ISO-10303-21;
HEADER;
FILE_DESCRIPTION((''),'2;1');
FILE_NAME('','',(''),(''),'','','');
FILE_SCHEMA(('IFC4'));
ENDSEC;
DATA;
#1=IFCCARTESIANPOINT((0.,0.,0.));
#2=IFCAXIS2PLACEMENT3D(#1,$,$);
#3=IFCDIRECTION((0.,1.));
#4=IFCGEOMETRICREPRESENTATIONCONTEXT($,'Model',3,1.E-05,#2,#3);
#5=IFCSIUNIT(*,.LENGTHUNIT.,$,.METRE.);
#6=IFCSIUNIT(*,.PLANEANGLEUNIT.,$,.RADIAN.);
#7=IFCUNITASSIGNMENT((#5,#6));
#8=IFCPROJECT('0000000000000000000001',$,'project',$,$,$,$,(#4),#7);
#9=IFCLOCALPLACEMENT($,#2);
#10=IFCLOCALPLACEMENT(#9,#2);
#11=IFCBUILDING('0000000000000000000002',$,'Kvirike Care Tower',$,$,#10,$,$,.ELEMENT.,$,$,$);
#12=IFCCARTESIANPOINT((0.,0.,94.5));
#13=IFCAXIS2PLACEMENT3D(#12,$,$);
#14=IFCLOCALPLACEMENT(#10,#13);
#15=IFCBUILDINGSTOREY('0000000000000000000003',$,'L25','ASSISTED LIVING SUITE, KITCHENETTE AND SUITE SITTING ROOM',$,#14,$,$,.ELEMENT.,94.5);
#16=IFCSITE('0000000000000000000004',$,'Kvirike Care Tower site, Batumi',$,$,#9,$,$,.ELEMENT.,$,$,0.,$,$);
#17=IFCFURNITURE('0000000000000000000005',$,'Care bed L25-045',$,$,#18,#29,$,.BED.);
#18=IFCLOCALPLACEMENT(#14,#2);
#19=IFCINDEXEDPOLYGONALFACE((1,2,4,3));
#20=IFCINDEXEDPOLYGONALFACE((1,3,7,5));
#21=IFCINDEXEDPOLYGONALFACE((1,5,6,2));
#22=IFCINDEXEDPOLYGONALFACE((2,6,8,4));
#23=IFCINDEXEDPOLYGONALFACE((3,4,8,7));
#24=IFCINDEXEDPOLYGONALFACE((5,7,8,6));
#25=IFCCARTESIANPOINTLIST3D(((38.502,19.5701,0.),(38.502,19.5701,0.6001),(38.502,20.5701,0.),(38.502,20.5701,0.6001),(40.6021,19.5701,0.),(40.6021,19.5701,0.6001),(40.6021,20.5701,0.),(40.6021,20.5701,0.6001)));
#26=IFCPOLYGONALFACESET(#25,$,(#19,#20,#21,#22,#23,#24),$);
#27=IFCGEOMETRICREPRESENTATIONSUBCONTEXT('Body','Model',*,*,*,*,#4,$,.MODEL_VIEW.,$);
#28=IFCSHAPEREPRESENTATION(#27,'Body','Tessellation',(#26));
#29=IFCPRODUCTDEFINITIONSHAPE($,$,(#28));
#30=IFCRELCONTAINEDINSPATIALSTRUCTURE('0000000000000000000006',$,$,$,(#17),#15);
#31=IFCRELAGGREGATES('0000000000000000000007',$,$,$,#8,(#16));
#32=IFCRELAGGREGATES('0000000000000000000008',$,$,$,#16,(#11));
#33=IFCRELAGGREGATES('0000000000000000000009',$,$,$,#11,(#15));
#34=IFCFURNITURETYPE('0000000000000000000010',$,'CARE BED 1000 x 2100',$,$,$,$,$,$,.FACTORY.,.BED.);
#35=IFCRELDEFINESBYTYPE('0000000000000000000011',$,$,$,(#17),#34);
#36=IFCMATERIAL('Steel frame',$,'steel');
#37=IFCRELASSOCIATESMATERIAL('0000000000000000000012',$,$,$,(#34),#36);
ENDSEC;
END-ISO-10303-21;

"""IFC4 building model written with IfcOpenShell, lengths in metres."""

from ifc_helpers import new_model, si_unit, direction, frame, origin, origin_2d, place, context, subcontext, project, spatial, rectangle, extrude, material, type_object, element, save


model = new_model("IFC4")

# Units and contexts
model_context = context("Model", 3, precision=1e-05, world=origin(), true_north=direction((0.0, 1.0)))
body_context = subcontext(model_context, "Body", "Model", "MODEL_VIEW")
ifc_project = project(units=[si_unit("LENGTHUNIT", "METRE"), si_unit("PLANEANGLEUNIT", "RADIAN")], contexts=[model_context])

# Site, building, storey
site_placement = place(None, origin())
site = spatial("IfcSite", under=ifc_project, at=site_placement, Name="Kvirike Care Tower site, Batumi", CompositionType="ELEMENT", RefElevation=0.0)
building_placement = place(site_placement, origin())
building = spatial("IfcBuilding", under=site, at=building_placement, Name="Kvirike Care Tower", CompositionType="ELEMENT")
storey_placement = place(building_placement, frame((0.0, 0.0, 94.5)))
storey = spatial("IfcBuildingStorey", under=building, at=storey_placement, Name="L25", Description="ASSISTED LIVING SUITE, KITCHENETTE AND SUITE SITTING ROOM", CompositionType="ELEMENT", Elevation=94.5)

# Furniture
ifc_material_1 = material(Name="Steel frame", Category="steel")
furniture_type = type_object("IfcFurnitureType", Name="CARE BED 1000 x 2100", AssemblyPlace="FACTORY", PredefinedType="BED", material=ifc_material_1)
furniture_placement = place(storey_placement, frame((39.552, 20.0701, 0.0), z_axis=(0.0, 0.0, 1.0), x_axis=(0.0, 1.0, 0.0)))
element("IfcFurniture", 1, at=furniture_placement, inside=storey, type_object=furniture_type, Name="Care bed L25-045", PredefinedType="BED", context=body_context, shape_type="SweptSolid", body=[
    extrude(rectangle(XDim=1.0, YDim=2.1001, at=origin_2d()), origin(), (0.0, 0.0, 1.0), 0.6001),
])

save(model, "model.ifc")
